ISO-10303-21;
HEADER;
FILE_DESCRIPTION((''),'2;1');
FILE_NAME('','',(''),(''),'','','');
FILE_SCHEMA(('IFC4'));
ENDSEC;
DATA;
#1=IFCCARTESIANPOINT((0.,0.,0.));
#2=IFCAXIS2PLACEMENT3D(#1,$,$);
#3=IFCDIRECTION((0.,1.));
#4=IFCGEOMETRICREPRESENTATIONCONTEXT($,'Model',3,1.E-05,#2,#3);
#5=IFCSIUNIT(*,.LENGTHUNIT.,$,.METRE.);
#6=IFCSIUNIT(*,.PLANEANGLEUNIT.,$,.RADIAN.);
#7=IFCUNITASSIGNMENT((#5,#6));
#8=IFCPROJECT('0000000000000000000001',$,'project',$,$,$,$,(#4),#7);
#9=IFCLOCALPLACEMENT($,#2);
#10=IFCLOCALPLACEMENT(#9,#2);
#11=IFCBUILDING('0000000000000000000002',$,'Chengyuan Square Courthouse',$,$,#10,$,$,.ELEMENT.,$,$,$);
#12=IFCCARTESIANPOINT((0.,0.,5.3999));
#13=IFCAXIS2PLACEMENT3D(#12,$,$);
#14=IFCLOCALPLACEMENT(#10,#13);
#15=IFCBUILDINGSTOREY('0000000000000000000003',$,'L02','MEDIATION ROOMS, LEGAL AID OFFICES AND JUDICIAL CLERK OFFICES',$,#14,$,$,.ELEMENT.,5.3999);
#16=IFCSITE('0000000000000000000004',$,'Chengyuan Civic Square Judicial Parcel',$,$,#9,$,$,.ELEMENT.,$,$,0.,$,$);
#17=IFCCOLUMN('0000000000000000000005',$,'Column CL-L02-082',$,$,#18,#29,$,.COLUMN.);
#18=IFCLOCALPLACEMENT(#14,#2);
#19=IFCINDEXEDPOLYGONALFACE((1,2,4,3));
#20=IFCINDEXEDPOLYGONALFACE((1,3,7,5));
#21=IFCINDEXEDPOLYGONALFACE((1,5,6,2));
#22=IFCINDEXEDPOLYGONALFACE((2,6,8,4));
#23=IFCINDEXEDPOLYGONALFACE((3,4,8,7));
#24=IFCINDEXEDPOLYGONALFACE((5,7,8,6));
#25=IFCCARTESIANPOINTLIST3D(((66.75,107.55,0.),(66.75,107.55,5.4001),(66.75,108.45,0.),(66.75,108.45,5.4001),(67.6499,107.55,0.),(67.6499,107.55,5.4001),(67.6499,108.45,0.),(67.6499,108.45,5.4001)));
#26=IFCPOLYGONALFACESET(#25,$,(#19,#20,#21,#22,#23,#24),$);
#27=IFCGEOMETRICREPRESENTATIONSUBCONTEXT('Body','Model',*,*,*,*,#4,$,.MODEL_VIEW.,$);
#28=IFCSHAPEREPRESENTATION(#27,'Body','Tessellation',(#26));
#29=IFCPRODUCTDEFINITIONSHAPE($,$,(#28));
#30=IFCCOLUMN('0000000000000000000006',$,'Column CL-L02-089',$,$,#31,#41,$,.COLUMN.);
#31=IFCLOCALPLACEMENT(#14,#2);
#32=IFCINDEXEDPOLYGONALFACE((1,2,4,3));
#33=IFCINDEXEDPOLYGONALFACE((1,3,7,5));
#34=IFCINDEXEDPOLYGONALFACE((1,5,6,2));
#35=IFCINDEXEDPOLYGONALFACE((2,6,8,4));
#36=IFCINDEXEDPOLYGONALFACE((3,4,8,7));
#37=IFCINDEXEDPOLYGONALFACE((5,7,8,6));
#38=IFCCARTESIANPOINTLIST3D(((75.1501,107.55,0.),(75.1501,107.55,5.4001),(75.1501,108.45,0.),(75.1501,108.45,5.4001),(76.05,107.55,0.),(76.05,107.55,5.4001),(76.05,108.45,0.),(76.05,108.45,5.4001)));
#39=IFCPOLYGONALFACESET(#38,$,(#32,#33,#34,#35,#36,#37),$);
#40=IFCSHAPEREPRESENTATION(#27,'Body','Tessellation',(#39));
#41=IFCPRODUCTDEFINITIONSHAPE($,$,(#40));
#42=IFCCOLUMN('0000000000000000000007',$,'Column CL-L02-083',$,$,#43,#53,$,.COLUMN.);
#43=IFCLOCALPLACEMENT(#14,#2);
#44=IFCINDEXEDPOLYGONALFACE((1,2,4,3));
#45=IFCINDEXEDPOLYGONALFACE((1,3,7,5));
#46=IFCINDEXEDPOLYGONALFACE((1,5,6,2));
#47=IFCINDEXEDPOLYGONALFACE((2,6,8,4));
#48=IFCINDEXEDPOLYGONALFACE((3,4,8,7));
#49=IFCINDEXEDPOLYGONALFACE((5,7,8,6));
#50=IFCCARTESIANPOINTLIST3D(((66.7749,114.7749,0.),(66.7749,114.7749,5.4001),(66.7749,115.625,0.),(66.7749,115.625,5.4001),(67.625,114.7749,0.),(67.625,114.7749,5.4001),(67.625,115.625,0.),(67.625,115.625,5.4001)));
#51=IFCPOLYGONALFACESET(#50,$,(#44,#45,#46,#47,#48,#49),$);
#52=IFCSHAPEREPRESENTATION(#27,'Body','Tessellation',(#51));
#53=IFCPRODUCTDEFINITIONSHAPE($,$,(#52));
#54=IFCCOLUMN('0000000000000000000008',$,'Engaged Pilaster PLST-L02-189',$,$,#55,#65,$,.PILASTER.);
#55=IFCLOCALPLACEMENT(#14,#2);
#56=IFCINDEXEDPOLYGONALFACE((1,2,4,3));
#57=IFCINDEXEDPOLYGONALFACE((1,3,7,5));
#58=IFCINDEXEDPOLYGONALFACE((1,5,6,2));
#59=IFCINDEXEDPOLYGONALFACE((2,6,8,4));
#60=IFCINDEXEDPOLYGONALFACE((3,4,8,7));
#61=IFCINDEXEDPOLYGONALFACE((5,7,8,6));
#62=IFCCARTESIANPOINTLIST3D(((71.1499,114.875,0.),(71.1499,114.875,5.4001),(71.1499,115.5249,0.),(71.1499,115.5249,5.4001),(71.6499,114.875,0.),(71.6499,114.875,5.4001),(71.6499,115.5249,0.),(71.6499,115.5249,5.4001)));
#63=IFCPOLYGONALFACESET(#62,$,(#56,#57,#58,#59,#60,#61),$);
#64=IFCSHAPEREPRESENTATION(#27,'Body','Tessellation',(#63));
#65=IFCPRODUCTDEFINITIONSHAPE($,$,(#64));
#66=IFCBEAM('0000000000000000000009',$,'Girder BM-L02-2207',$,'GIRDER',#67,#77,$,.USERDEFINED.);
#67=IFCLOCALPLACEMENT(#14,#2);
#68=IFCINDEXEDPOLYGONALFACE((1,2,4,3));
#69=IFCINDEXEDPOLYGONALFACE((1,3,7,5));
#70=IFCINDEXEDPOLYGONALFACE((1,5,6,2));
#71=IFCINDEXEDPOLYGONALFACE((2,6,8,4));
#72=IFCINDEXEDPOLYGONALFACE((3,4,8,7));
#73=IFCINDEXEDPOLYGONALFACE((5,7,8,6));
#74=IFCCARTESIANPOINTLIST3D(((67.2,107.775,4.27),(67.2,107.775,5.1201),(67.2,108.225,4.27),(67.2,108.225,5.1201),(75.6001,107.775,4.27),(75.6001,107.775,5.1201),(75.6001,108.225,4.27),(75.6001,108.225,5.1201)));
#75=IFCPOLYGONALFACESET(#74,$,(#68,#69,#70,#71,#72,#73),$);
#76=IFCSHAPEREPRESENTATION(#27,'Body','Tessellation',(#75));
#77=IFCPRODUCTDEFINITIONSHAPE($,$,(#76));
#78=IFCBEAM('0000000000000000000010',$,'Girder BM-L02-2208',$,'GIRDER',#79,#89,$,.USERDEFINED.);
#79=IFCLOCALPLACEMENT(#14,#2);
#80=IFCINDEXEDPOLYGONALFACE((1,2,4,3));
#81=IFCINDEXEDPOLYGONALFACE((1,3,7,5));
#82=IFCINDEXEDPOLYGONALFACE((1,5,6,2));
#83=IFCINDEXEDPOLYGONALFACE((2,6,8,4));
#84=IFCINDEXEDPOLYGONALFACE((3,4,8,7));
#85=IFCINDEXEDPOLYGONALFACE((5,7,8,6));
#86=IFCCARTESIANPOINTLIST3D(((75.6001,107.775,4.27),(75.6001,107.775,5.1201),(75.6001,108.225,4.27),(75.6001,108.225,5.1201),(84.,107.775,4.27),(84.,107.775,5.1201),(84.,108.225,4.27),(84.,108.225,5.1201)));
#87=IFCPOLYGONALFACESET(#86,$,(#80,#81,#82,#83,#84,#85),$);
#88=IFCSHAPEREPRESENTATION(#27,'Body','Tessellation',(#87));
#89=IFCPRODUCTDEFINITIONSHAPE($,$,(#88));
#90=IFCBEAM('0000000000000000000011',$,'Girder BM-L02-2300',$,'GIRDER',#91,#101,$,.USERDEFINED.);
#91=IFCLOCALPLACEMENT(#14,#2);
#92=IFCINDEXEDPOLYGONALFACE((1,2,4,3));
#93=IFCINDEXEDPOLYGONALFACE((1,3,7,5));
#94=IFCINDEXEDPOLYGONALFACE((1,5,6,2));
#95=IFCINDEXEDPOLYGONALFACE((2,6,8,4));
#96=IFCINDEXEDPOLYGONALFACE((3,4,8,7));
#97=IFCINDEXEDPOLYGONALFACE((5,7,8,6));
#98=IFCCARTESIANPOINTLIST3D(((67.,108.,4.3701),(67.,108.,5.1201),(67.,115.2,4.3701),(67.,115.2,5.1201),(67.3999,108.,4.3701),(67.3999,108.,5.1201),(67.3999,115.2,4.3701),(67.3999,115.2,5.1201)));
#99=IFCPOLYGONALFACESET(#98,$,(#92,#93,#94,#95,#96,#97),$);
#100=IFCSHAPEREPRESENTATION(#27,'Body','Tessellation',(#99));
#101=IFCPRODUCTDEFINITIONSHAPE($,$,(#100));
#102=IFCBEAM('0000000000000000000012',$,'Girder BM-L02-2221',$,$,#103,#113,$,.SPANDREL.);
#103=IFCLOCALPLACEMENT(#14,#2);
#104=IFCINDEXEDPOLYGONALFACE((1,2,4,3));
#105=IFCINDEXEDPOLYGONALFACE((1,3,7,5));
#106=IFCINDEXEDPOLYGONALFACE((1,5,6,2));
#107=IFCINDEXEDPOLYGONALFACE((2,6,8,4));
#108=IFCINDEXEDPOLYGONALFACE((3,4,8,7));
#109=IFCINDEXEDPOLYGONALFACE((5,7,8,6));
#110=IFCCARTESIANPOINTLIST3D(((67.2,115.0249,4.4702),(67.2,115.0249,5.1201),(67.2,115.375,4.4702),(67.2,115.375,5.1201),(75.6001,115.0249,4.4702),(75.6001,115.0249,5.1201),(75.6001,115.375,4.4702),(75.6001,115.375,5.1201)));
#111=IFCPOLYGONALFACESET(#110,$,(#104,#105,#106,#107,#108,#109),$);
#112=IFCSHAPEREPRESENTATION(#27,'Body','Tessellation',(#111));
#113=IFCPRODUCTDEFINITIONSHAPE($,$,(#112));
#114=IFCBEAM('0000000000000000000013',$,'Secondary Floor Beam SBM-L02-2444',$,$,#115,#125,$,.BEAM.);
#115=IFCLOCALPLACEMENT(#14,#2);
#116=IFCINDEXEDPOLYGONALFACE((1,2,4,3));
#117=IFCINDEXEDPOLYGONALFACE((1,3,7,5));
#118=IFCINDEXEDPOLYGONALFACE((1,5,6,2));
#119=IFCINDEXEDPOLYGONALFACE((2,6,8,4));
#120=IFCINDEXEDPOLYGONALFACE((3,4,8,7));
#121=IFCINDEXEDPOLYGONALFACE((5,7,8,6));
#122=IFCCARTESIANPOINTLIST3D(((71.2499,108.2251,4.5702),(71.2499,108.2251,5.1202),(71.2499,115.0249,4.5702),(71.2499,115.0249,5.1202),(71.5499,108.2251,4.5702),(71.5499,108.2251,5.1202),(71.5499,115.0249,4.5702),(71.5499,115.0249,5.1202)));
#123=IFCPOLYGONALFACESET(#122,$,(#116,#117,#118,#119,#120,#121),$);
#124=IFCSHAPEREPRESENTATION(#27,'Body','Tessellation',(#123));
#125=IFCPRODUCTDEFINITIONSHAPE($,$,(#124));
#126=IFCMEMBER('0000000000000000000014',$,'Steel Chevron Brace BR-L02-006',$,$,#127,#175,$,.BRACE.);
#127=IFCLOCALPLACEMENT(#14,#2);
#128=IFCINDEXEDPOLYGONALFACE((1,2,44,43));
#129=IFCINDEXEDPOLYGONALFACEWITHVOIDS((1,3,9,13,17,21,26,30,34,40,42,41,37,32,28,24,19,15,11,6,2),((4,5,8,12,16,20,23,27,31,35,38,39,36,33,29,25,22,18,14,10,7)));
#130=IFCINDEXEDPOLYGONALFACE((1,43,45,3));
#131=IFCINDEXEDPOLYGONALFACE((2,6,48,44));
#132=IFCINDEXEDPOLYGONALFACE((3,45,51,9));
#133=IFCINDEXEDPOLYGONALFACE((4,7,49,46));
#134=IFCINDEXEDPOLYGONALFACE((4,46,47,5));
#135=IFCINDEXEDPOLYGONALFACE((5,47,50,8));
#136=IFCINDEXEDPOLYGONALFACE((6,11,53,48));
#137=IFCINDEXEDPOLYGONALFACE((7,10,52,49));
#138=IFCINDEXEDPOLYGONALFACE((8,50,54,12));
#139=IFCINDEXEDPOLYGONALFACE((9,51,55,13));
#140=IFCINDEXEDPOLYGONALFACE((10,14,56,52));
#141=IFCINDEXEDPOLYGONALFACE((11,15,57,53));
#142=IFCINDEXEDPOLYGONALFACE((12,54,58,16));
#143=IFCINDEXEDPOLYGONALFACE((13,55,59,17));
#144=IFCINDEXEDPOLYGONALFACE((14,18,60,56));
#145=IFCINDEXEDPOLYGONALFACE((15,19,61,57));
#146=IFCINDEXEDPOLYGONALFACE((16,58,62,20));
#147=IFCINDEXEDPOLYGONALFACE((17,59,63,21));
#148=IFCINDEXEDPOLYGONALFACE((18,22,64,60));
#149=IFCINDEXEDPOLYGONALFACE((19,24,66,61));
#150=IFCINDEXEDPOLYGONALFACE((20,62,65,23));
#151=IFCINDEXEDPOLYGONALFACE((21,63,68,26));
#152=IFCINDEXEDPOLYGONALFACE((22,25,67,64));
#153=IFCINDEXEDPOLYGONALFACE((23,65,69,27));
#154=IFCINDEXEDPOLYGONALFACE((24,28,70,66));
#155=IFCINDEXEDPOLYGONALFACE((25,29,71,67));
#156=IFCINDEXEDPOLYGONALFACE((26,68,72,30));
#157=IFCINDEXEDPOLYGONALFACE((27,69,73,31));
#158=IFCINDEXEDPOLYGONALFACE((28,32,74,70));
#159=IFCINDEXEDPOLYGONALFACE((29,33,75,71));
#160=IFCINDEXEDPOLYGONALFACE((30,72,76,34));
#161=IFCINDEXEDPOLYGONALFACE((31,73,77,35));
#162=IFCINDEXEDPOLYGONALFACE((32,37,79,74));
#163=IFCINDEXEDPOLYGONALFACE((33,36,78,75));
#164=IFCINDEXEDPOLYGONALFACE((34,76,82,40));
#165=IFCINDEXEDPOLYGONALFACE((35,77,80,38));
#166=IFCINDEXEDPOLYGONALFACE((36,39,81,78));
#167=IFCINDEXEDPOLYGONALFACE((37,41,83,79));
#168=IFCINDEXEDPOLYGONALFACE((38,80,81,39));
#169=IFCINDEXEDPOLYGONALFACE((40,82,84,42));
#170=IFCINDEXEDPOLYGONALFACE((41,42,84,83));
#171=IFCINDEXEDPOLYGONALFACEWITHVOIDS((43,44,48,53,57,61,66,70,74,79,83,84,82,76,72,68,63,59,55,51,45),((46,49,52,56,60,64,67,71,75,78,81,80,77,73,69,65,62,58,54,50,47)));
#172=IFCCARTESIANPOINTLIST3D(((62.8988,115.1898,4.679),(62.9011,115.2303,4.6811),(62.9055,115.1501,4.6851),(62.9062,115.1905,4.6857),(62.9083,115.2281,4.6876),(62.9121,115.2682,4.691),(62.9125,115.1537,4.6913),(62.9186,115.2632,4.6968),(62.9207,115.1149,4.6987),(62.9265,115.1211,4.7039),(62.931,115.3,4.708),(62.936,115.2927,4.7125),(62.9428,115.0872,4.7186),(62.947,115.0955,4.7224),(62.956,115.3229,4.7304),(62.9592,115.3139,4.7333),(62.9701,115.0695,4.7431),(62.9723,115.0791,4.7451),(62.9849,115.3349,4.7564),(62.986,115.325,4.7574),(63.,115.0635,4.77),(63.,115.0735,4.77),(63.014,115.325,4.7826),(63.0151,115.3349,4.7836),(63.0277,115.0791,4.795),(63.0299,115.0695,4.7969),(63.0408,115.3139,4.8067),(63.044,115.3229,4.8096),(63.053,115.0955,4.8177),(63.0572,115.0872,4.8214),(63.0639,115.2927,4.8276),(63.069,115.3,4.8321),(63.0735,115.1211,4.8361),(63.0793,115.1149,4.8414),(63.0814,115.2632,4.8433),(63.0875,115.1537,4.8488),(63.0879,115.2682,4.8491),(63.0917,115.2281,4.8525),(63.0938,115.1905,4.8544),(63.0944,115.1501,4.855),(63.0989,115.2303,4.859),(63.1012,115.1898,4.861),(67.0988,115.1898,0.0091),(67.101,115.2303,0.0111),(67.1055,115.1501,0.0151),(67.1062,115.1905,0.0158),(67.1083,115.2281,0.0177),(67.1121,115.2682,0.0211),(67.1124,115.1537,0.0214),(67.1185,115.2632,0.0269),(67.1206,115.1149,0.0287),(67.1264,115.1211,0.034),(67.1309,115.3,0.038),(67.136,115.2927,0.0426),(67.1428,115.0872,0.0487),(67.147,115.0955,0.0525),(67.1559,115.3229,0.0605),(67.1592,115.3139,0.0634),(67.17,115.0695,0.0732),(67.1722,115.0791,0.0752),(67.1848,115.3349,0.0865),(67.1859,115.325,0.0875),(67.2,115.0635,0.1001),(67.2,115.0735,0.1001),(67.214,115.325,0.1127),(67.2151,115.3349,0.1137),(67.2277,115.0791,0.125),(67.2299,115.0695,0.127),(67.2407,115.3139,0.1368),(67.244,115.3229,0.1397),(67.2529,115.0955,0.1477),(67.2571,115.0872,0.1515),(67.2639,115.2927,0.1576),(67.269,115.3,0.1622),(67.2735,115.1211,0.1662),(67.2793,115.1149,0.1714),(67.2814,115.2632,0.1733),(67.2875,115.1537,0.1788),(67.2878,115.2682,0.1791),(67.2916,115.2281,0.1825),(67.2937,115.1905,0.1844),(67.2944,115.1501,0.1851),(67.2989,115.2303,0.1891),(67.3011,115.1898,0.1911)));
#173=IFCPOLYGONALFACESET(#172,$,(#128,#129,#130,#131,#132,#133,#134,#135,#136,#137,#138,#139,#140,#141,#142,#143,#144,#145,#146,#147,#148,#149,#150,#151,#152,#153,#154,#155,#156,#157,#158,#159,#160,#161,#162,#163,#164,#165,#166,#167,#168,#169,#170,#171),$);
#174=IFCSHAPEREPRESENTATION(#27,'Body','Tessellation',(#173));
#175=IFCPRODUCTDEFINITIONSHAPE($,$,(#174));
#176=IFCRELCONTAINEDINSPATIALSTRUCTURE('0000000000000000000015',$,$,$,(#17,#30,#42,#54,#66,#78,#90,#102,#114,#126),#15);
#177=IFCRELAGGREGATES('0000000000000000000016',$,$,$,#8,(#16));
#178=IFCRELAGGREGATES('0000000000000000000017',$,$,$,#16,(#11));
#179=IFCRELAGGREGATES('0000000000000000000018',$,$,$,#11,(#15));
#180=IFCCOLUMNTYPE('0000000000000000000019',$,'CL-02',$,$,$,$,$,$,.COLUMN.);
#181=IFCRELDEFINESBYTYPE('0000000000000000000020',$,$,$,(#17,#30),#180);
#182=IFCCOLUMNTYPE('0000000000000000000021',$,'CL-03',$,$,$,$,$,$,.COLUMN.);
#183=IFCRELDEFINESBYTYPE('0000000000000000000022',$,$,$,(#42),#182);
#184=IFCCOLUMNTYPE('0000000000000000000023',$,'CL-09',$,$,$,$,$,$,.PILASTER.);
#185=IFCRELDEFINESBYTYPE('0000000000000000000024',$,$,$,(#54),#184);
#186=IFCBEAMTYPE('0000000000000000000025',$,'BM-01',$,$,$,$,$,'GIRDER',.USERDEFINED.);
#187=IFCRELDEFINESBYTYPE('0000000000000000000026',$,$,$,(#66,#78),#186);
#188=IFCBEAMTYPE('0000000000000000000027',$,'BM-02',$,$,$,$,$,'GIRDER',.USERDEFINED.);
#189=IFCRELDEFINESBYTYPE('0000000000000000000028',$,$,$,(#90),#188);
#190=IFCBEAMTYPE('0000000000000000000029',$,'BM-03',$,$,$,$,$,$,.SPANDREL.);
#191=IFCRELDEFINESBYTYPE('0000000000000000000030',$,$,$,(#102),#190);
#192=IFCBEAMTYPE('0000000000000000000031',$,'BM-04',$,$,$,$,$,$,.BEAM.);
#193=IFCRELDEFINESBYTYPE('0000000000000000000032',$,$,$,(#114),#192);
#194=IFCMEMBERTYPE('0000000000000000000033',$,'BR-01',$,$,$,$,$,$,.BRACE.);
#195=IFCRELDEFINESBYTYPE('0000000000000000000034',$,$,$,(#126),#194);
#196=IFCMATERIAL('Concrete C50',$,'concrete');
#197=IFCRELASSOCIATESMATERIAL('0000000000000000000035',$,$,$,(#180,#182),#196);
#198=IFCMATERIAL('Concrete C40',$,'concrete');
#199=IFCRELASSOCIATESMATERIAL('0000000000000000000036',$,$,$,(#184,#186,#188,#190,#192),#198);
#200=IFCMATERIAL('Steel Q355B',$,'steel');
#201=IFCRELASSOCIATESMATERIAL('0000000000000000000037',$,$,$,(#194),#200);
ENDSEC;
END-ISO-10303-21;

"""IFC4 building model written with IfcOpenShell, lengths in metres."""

from ifc_helpers import new_model, si_unit, direction, frame, origin, origin_2d, place, context, subcontext, project, spatial, rectangle, hollow_circle, extrude, material, material_profile, profile_set, type_object, element, save


model = new_model("IFC4")

# Units and contexts
model_context = context("Model", 3, precision=1e-05, world=origin(), true_north=direction((0.0, 1.0)))
body_context = subcontext(model_context, "Body", "Model", "MODEL_VIEW")
ifc_project = project(units=[si_unit("LENGTHUNIT", "METRE"), si_unit("PLANEANGLEUNIT", "RADIAN")], contexts=[model_context])

# Site, building, storey
site_placement = place(None, origin())
site = spatial("IfcSite", under=ifc_project, at=site_placement, Name="Chengyuan Civic Square Judicial Parcel", CompositionType="ELEMENT", RefElevation=0.0)
building_placement = place(site_placement, origin())
building = spatial("IfcBuilding", under=site, at=building_placement, Name="Chengyuan Square Courthouse", CompositionType="ELEMENT")
storey_placement = place(building_placement, frame((0.0, 0.0, 5.3999)))
storey = spatial("IfcBuildingStorey", under=building, at=storey_placement, Name="L02", Description="MEDIATION ROOMS, LEGAL AID OFFICES AND JUDICIAL CLERK OFFICES", CompositionType="ELEMENT", Elevation=5.3999)

# Columns
ifc_material_1 = material(Name="Concrete C50", Category="concrete")
ifc_material_profile_1 = material_profile(ifc_material_1, rectangle(XDim=0.8999, YDim=0.8999, at=origin_2d()), Name="RC-COL-900x900")
ifc_profile_set_1 = profile_set([ifc_material_profile_1], Name="Concrete C50")
column_type_1 = type_object("IfcColumnType", Name="CL-02", PredefinedType="COLUMN", material=ifc_profile_set_1)
for number, where, z_axis, x_axis, name in (
    (1, (67.2, 108.0, 0.0), (0.0, 0.0, 1.0), (1.0, 0.0, 0.0), "Column CL-L02-082"),
    (2, (75.6001, 108.0, 0.0), (0.0, 0.0, 1.0), (1.0, 0.0, 0.0), "Column CL-L02-089"),
):
    element("IfcColumn", number, at=place(storey_placement, frame(where, z_axis=z_axis, x_axis=x_axis)), inside=storey, type_object=column_type_1, Name=name, PredefinedType="COLUMN", context=body_context, shape_type="SweptSolid", body=[
        extrude(rectangle(XDim=0.8999, YDim=0.8999, at=origin_2d()), origin(), (0.0, 0.0, 1.0), 5.4001),
    ])
ifc_material_profile_2 = material_profile(ifc_material_1, rectangle(XDim=0.8501, YDim=0.8501, at=origin_2d()), Name="RC-COL-850x850")
ifc_profile_set_2 = profile_set([ifc_material_profile_2], Name="Concrete C50")
column_type_2 = type_object("IfcColumnType", Name="CL-03", PredefinedType="COLUMN", material=ifc_profile_set_2)
column_1_placement = place(storey_placement, frame((67.2, 115.2, 0.0), z_axis=(0.0, 0.0, 1.0), x_axis=(1.0, 0.0, 0.0)))
element("IfcColumn", 3, at=column_1_placement, inside=storey, type_object=column_type_2, Name="Column CL-L02-083", PredefinedType="COLUMN", context=body_context, shape_type="SweptSolid", body=[
    extrude(rectangle(XDim=0.8501, YDim=0.8501, at=origin_2d()), origin(), (0.0, 0.0, 1.0), 5.4001),
])
ifc_material_2 = material(Name="Concrete C40", Category="concrete")
ifc_material_profile_3 = material_profile(ifc_material_2, rectangle(XDim=0.5, YDim=0.6499, at=origin_2d()), Name="RC-PIL-500x650")
ifc_profile_set_3 = profile_set([ifc_material_profile_3], Name="Concrete C40")
column_type_3 = type_object("IfcColumnType", Name="CL-09", PredefinedType="PILASTER", material=ifc_profile_set_3)
column_2_placement = place(storey_placement, frame((71.3999, 115.2, 0.0), z_axis=(0.0, 0.0, 1.0), x_axis=(1.0, 0.0, 0.0)))
element("IfcColumn", 4, at=column_2_placement, inside=storey, type_object=column_type_3, Name="Engaged Pilaster PLST-L02-189", PredefinedType="PILASTER", context=body_context, shape_type="SweptSolid", body=[
    extrude(rectangle(XDim=0.5, YDim=0.6499, at=origin_2d()), origin(), (0.0, 0.0, 1.0), 5.4001),
])

# Beams
ifc_material_profile_4 = material_profile(ifc_material_2, rectangle(XDim=0.45, YDim=0.8501, at=origin_2d()), Name="RC-BM-450x850")
ifc_profile_set_4 = profile_set([ifc_material_profile_4], Name="Concrete C40")
beam_type_1 = type_object("IfcBeamType", Name="BM-01", ElementType="GIRDER", PredefinedType="USERDEFINED", material=ifc_profile_set_4)
beam_1_placement = place(storey_placement, frame((67.2, 108.0, 4.6951), z_axis=(1.0, 0.0, 0.0), x_axis=(0.0, 1.0, 0.0)))
element("IfcBeam", 5, at=beam_1_placement, inside=storey, type_object=beam_type_1, Name="Girder BM-L02-2207", ObjectType="GIRDER", PredefinedType="USERDEFINED", context=body_context, shape_type="SweptSolid", body=[
    extrude(rectangle(XDim=0.45, YDim=0.8501, at=origin_2d()), origin(), (0.0, 0.0, 1.0), 8.4001),
])
beam_2_placement = place(storey_placement, frame((75.6001, 108.0, 4.6951), z_axis=(1.0, 0.0, 0.0), x_axis=(0.0, 1.0, 0.0)))
element("IfcBeam", 6, at=beam_2_placement, inside=storey, type_object=beam_type_1, Name="Girder BM-L02-2208", ObjectType="GIRDER", PredefinedType="USERDEFINED", context=body_context, shape_type="SweptSolid", body=[
    extrude(rectangle(XDim=0.45, YDim=0.8501, at=origin_2d()), origin(), (0.0, 0.0, 1.0), 8.3999),
])
ifc_material_profile_5 = material_profile(ifc_material_2, rectangle(XDim=0.3999, YDim=0.75, at=origin_2d()), Name="RC-BM-400x750")
ifc_profile_set_5 = profile_set([ifc_material_profile_5], Name="Concrete C40")
beam_type_2 = type_object("IfcBeamType", Name="BM-02", ElementType="GIRDER", PredefinedType="USERDEFINED", material=ifc_profile_set_5)
beam_3_placement = place(storey_placement, frame((67.2, 108.0, 4.7451), z_axis=(0.0, 1.0, 0.0), x_axis=(-1.0, 0.0, 0.0)))
element("IfcBeam", 7, at=beam_3_placement, inside=storey, type_object=beam_type_2, Name="Girder BM-L02-2300", ObjectType="GIRDER", PredefinedType="USERDEFINED", context=body_context, shape_type="SweptSolid", body=[
    extrude(rectangle(XDim=0.3999, YDim=0.75, at=origin_2d()), origin(), (0.0, 0.0, 1.0), 7.2),
])
ifc_material_profile_6 = material_profile(ifc_material_2, rectangle(XDim=0.3501, YDim=0.6499, at=origin_2d()), Name="RC-BM-350x650")
ifc_profile_set_6 = profile_set([ifc_material_profile_6], Name="Concrete C40")
beam_type_3 = type_object("IfcBeamType", Name="BM-03", PredefinedType="SPANDREL", material=ifc_profile_set_6)
beam_4_placement = place(storey_placement, frame((67.2, 115.2, 4.7952), z_axis=(1.0, 0.0, 0.0), x_axis=(0.0, 1.0, 0.0)))
element("IfcBeam", 8, at=beam_4_placement, inside=storey, type_object=beam_type_3, Name="Girder BM-L02-2221", PredefinedType="SPANDREL", context=body_context, shape_type="SweptSolid", body=[
    extrude(rectangle(XDim=0.3501, YDim=0.6499, at=origin_2d()), origin(), (0.0, 0.0, 1.0), 8.4001),
])
ifc_material_profile_7 = material_profile(ifc_material_2, rectangle(XDim=0.3, YDim=0.55, at=origin_2d()), Name="RC-BM-300x550")
ifc_profile_set_7 = profile_set([ifc_material_profile_7], Name="Concrete C40")
beam_type_4 = type_object("IfcBeamType", Name="BM-04", PredefinedType="BEAM", material=ifc_profile_set_7)
beam_5_placement = place(storey_placement, frame((71.3999, 108.2251, 4.8452), z_axis=(0.0, 1.0, 0.0), x_axis=(-1.0, 0.0, 0.0)))
element("IfcBeam", 9, at=beam_5_placement, inside=storey, type_object=beam_type_4, Name="Secondary Floor Beam SBM-L02-2444", PredefinedType="BEAM", context=body_context, shape_type="SweptSolid", body=[
    extrude(rectangle(XDim=0.3, YDim=0.55, at=origin_2d()), origin(), (0.0, 0.0, 1.0), 6.7998),
])

# Member
ifc_material_3 = material(Name="Steel Q355B", Category="steel")
ifc_material_profile_8 = material_profile(ifc_material_3, hollow_circle(Radius=0.1365, WallThickness=0.01, at=origin_2d()), Name="CHS 273x10")
ifc_profile_set_8 = profile_set([ifc_material_profile_8], Name="Steel Q355B")
member_type = type_object("IfcMemberType", Name="BR-01", PredefinedType="BRACE", material=ifc_profile_set_8)
member_placement = place(storey_placement, frame((67.2, 115.2, 0.1001), z_axis=(-0.668703, 0.0, 0.74353), x_axis=(0.0, -1.0, 0.0)))
element("IfcMember", 10, at=member_placement, inside=storey, type_object=member_type, Name="Steel Chevron Brace BR-L02-006", PredefinedType="BRACE", context=body_context, shape_type="SweptSolid", body=[
    extrude(hollow_circle(Radius=0.1365, WallThickness=0.01, at=origin_2d()), origin(), (0.0, 0.0, 1.0), 6.2808),
])

save(model, "model.ifc")
